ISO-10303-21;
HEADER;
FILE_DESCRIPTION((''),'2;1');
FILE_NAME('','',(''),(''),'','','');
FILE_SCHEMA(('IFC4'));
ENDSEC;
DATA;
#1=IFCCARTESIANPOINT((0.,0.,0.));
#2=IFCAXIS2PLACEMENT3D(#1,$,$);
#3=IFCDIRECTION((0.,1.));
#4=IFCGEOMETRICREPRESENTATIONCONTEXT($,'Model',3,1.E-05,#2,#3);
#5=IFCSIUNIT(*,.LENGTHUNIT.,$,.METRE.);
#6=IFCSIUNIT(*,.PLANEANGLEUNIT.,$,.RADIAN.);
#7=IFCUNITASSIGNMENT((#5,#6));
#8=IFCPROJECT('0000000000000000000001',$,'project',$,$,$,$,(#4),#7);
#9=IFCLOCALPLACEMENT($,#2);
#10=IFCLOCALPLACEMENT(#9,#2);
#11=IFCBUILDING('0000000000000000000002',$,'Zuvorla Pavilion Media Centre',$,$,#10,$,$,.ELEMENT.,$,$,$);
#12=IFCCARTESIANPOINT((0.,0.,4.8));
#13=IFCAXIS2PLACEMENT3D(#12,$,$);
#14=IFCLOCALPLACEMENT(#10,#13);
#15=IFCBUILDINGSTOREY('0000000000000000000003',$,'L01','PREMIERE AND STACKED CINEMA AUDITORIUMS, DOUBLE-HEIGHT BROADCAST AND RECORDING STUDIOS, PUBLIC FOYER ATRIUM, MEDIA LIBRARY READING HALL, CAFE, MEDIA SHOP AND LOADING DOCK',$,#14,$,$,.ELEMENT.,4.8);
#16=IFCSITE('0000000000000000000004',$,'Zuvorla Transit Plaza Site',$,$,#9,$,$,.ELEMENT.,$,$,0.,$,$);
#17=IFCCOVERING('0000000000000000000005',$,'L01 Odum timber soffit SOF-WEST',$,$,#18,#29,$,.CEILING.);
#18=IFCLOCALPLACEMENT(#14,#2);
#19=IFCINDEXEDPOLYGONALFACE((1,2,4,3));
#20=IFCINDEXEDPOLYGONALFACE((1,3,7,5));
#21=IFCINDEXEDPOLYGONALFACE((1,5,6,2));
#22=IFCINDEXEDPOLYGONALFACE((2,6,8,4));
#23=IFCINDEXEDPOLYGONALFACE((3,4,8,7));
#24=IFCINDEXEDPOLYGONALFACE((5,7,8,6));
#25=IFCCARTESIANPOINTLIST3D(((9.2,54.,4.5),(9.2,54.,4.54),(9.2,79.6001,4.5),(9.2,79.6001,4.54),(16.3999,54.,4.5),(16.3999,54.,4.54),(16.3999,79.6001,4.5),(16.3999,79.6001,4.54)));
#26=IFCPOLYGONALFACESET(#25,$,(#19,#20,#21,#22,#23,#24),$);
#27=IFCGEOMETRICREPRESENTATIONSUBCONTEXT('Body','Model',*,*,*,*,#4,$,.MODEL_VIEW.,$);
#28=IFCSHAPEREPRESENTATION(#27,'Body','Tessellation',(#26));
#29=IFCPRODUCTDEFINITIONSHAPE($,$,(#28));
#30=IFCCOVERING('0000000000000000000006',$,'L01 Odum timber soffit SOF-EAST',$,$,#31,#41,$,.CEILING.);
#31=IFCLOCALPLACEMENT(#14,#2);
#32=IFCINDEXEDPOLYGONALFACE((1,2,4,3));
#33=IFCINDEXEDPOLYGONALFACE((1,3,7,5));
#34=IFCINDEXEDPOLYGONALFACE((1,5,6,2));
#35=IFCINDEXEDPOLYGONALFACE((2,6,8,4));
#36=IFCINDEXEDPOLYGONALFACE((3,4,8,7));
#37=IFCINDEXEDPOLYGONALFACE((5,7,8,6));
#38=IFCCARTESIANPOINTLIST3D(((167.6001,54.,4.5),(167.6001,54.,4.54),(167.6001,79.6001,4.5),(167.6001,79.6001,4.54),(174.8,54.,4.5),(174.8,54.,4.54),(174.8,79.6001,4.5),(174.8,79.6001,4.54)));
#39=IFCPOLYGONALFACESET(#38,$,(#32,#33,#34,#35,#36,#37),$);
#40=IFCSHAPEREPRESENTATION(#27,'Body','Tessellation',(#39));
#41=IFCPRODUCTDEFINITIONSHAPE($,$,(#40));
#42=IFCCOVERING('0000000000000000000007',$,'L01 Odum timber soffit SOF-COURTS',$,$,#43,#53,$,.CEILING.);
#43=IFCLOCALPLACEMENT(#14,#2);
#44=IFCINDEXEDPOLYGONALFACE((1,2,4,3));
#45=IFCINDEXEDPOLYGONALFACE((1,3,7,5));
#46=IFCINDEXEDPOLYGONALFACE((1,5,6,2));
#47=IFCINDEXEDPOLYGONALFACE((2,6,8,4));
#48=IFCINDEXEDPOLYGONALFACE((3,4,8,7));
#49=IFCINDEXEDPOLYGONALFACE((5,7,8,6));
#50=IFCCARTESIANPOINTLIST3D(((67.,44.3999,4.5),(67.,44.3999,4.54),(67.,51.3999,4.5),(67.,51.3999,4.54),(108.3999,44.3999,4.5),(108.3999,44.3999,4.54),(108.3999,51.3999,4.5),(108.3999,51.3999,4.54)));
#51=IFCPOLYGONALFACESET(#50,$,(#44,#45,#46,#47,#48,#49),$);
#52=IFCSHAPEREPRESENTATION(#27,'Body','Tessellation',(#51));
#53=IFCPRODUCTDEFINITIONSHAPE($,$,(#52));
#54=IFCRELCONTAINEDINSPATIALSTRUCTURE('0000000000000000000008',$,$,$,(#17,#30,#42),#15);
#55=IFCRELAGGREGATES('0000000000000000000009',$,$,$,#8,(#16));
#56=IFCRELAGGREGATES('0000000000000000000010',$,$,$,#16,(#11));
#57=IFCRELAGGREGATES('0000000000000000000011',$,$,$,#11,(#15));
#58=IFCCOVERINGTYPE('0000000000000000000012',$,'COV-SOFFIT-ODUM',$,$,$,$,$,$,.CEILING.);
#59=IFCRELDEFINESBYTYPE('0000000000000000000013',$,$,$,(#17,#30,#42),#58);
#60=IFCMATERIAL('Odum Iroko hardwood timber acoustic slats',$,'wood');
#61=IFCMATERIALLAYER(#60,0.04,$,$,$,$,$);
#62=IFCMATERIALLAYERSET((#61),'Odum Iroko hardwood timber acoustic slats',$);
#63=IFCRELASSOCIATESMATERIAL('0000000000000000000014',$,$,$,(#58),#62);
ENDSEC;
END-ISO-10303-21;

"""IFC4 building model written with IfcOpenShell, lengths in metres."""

from ifc_helpers import new_model, si_unit, direction, frame, origin, place, context, subcontext, project, spatial, polyline, outline, extrude, material, layer, layer_set, type_object, element, save


model = new_model("IFC4")

# Units and contexts
model_context = context("Model", 3, precision=1e-05, world=origin(), true_north=direction((0.0, 1.0)))
body_context = subcontext(model_context, "Body", "Model", "MODEL_VIEW")
ifc_project = project(units=[si_unit("LENGTHUNIT", "METRE"), si_unit("PLANEANGLEUNIT", "RADIAN")], contexts=[model_context])

# Site, building, storey
site_placement = place(None, origin())
site = spatial("IfcSite", under=ifc_project, at=site_placement, Name="Zuvorla Transit Plaza Site", CompositionType="ELEMENT", RefElevation=0.0)
building_placement = place(site_placement, origin())
building = spatial("IfcBuilding", under=site, at=building_placement, Name="Zuvorla Pavilion Media Centre", CompositionType="ELEMENT")
storey_placement = place(building_placement, frame((0.0, 0.0, 4.8)))
storey = spatial("IfcBuildingStorey", under=building, at=storey_placement, Name="L01", Description="PREMIERE AND STACKED CINEMA AUDITORIUMS, DOUBLE-HEIGHT BROADCAST AND RECORDING STUDIOS, PUBLIC FOYER ATRIUM, MEDIA LIBRARY READING HALL, CAFE, MEDIA SHOP AND LOADING DOCK", CompositionType="ELEMENT", Elevation=4.8)

# Coverings
ifc_material_1 = material(Name="Odum Iroko hardwood timber acoustic slats", Category="wood")
ifc_layer_1 = layer(ifc_material_1, 0.04)
ifc_layer_set_1 = layer_set([ifc_layer_1], Name="Odum Iroko hardwood timber acoustic slats")
covering_type_1 = type_object("IfcCoveringType", Name="COV-SOFFIT-ODUM", PredefinedType="CEILING", material=ifc_layer_set_1)
covering_1_placement = place(storey_placement, frame((0.0, 0.0, 4.5)))
element("IfcCovering", 1, at=covering_1_placement, inside=storey, type_object=covering_type_1, Name="L01 Odum timber soffit SOF-WEST", PredefinedType="CEILING", context=body_context, shape_type="SweptSolid", body=[
    extrude(outline(polyline([(9.2, 54.0), (16.3999, 54.0), (16.3999, 79.6001), (9.2, 79.6001), (9.2, 54.0)])), origin(), (0.0, 0.0, 1.0), 0.04),
])
covering_2_placement = place(storey_placement, frame((0.0, 0.0, 4.5)))
element("IfcCovering", 2, at=covering_2_placement, inside=storey, type_object=covering_type_1, Name="L01 Odum timber soffit SOF-EAST", PredefinedType="CEILING", context=body_context, shape_type="SweptSolid", body=[
    extrude(outline(polyline([(167.6001, 54.0), (174.8, 54.0), (174.8, 79.6001), (167.6001, 79.6001), (167.6001, 54.0)])), origin(), (0.0, 0.0, 1.0), 0.04),
])
covering_3_placement = place(storey_placement, frame((0.0, 0.0, 4.5)))
element("IfcCovering", 3, at=covering_3_placement, inside=storey, type_object=covering_type_1, Name="L01 Odum timber soffit SOF-COURTS", PredefinedType="CEILING", context=body_context, shape_type="SweptSolid", body=[
    extrude(outline(polyline([(67.0, 44.3999), (108.3999, 44.3999), (108.3999, 51.3999), (67.0, 51.3999), (67.0, 44.3999)])), origin(), (0.0, 0.0, 1.0), 0.04),
])

save(model, "model.ifc")
